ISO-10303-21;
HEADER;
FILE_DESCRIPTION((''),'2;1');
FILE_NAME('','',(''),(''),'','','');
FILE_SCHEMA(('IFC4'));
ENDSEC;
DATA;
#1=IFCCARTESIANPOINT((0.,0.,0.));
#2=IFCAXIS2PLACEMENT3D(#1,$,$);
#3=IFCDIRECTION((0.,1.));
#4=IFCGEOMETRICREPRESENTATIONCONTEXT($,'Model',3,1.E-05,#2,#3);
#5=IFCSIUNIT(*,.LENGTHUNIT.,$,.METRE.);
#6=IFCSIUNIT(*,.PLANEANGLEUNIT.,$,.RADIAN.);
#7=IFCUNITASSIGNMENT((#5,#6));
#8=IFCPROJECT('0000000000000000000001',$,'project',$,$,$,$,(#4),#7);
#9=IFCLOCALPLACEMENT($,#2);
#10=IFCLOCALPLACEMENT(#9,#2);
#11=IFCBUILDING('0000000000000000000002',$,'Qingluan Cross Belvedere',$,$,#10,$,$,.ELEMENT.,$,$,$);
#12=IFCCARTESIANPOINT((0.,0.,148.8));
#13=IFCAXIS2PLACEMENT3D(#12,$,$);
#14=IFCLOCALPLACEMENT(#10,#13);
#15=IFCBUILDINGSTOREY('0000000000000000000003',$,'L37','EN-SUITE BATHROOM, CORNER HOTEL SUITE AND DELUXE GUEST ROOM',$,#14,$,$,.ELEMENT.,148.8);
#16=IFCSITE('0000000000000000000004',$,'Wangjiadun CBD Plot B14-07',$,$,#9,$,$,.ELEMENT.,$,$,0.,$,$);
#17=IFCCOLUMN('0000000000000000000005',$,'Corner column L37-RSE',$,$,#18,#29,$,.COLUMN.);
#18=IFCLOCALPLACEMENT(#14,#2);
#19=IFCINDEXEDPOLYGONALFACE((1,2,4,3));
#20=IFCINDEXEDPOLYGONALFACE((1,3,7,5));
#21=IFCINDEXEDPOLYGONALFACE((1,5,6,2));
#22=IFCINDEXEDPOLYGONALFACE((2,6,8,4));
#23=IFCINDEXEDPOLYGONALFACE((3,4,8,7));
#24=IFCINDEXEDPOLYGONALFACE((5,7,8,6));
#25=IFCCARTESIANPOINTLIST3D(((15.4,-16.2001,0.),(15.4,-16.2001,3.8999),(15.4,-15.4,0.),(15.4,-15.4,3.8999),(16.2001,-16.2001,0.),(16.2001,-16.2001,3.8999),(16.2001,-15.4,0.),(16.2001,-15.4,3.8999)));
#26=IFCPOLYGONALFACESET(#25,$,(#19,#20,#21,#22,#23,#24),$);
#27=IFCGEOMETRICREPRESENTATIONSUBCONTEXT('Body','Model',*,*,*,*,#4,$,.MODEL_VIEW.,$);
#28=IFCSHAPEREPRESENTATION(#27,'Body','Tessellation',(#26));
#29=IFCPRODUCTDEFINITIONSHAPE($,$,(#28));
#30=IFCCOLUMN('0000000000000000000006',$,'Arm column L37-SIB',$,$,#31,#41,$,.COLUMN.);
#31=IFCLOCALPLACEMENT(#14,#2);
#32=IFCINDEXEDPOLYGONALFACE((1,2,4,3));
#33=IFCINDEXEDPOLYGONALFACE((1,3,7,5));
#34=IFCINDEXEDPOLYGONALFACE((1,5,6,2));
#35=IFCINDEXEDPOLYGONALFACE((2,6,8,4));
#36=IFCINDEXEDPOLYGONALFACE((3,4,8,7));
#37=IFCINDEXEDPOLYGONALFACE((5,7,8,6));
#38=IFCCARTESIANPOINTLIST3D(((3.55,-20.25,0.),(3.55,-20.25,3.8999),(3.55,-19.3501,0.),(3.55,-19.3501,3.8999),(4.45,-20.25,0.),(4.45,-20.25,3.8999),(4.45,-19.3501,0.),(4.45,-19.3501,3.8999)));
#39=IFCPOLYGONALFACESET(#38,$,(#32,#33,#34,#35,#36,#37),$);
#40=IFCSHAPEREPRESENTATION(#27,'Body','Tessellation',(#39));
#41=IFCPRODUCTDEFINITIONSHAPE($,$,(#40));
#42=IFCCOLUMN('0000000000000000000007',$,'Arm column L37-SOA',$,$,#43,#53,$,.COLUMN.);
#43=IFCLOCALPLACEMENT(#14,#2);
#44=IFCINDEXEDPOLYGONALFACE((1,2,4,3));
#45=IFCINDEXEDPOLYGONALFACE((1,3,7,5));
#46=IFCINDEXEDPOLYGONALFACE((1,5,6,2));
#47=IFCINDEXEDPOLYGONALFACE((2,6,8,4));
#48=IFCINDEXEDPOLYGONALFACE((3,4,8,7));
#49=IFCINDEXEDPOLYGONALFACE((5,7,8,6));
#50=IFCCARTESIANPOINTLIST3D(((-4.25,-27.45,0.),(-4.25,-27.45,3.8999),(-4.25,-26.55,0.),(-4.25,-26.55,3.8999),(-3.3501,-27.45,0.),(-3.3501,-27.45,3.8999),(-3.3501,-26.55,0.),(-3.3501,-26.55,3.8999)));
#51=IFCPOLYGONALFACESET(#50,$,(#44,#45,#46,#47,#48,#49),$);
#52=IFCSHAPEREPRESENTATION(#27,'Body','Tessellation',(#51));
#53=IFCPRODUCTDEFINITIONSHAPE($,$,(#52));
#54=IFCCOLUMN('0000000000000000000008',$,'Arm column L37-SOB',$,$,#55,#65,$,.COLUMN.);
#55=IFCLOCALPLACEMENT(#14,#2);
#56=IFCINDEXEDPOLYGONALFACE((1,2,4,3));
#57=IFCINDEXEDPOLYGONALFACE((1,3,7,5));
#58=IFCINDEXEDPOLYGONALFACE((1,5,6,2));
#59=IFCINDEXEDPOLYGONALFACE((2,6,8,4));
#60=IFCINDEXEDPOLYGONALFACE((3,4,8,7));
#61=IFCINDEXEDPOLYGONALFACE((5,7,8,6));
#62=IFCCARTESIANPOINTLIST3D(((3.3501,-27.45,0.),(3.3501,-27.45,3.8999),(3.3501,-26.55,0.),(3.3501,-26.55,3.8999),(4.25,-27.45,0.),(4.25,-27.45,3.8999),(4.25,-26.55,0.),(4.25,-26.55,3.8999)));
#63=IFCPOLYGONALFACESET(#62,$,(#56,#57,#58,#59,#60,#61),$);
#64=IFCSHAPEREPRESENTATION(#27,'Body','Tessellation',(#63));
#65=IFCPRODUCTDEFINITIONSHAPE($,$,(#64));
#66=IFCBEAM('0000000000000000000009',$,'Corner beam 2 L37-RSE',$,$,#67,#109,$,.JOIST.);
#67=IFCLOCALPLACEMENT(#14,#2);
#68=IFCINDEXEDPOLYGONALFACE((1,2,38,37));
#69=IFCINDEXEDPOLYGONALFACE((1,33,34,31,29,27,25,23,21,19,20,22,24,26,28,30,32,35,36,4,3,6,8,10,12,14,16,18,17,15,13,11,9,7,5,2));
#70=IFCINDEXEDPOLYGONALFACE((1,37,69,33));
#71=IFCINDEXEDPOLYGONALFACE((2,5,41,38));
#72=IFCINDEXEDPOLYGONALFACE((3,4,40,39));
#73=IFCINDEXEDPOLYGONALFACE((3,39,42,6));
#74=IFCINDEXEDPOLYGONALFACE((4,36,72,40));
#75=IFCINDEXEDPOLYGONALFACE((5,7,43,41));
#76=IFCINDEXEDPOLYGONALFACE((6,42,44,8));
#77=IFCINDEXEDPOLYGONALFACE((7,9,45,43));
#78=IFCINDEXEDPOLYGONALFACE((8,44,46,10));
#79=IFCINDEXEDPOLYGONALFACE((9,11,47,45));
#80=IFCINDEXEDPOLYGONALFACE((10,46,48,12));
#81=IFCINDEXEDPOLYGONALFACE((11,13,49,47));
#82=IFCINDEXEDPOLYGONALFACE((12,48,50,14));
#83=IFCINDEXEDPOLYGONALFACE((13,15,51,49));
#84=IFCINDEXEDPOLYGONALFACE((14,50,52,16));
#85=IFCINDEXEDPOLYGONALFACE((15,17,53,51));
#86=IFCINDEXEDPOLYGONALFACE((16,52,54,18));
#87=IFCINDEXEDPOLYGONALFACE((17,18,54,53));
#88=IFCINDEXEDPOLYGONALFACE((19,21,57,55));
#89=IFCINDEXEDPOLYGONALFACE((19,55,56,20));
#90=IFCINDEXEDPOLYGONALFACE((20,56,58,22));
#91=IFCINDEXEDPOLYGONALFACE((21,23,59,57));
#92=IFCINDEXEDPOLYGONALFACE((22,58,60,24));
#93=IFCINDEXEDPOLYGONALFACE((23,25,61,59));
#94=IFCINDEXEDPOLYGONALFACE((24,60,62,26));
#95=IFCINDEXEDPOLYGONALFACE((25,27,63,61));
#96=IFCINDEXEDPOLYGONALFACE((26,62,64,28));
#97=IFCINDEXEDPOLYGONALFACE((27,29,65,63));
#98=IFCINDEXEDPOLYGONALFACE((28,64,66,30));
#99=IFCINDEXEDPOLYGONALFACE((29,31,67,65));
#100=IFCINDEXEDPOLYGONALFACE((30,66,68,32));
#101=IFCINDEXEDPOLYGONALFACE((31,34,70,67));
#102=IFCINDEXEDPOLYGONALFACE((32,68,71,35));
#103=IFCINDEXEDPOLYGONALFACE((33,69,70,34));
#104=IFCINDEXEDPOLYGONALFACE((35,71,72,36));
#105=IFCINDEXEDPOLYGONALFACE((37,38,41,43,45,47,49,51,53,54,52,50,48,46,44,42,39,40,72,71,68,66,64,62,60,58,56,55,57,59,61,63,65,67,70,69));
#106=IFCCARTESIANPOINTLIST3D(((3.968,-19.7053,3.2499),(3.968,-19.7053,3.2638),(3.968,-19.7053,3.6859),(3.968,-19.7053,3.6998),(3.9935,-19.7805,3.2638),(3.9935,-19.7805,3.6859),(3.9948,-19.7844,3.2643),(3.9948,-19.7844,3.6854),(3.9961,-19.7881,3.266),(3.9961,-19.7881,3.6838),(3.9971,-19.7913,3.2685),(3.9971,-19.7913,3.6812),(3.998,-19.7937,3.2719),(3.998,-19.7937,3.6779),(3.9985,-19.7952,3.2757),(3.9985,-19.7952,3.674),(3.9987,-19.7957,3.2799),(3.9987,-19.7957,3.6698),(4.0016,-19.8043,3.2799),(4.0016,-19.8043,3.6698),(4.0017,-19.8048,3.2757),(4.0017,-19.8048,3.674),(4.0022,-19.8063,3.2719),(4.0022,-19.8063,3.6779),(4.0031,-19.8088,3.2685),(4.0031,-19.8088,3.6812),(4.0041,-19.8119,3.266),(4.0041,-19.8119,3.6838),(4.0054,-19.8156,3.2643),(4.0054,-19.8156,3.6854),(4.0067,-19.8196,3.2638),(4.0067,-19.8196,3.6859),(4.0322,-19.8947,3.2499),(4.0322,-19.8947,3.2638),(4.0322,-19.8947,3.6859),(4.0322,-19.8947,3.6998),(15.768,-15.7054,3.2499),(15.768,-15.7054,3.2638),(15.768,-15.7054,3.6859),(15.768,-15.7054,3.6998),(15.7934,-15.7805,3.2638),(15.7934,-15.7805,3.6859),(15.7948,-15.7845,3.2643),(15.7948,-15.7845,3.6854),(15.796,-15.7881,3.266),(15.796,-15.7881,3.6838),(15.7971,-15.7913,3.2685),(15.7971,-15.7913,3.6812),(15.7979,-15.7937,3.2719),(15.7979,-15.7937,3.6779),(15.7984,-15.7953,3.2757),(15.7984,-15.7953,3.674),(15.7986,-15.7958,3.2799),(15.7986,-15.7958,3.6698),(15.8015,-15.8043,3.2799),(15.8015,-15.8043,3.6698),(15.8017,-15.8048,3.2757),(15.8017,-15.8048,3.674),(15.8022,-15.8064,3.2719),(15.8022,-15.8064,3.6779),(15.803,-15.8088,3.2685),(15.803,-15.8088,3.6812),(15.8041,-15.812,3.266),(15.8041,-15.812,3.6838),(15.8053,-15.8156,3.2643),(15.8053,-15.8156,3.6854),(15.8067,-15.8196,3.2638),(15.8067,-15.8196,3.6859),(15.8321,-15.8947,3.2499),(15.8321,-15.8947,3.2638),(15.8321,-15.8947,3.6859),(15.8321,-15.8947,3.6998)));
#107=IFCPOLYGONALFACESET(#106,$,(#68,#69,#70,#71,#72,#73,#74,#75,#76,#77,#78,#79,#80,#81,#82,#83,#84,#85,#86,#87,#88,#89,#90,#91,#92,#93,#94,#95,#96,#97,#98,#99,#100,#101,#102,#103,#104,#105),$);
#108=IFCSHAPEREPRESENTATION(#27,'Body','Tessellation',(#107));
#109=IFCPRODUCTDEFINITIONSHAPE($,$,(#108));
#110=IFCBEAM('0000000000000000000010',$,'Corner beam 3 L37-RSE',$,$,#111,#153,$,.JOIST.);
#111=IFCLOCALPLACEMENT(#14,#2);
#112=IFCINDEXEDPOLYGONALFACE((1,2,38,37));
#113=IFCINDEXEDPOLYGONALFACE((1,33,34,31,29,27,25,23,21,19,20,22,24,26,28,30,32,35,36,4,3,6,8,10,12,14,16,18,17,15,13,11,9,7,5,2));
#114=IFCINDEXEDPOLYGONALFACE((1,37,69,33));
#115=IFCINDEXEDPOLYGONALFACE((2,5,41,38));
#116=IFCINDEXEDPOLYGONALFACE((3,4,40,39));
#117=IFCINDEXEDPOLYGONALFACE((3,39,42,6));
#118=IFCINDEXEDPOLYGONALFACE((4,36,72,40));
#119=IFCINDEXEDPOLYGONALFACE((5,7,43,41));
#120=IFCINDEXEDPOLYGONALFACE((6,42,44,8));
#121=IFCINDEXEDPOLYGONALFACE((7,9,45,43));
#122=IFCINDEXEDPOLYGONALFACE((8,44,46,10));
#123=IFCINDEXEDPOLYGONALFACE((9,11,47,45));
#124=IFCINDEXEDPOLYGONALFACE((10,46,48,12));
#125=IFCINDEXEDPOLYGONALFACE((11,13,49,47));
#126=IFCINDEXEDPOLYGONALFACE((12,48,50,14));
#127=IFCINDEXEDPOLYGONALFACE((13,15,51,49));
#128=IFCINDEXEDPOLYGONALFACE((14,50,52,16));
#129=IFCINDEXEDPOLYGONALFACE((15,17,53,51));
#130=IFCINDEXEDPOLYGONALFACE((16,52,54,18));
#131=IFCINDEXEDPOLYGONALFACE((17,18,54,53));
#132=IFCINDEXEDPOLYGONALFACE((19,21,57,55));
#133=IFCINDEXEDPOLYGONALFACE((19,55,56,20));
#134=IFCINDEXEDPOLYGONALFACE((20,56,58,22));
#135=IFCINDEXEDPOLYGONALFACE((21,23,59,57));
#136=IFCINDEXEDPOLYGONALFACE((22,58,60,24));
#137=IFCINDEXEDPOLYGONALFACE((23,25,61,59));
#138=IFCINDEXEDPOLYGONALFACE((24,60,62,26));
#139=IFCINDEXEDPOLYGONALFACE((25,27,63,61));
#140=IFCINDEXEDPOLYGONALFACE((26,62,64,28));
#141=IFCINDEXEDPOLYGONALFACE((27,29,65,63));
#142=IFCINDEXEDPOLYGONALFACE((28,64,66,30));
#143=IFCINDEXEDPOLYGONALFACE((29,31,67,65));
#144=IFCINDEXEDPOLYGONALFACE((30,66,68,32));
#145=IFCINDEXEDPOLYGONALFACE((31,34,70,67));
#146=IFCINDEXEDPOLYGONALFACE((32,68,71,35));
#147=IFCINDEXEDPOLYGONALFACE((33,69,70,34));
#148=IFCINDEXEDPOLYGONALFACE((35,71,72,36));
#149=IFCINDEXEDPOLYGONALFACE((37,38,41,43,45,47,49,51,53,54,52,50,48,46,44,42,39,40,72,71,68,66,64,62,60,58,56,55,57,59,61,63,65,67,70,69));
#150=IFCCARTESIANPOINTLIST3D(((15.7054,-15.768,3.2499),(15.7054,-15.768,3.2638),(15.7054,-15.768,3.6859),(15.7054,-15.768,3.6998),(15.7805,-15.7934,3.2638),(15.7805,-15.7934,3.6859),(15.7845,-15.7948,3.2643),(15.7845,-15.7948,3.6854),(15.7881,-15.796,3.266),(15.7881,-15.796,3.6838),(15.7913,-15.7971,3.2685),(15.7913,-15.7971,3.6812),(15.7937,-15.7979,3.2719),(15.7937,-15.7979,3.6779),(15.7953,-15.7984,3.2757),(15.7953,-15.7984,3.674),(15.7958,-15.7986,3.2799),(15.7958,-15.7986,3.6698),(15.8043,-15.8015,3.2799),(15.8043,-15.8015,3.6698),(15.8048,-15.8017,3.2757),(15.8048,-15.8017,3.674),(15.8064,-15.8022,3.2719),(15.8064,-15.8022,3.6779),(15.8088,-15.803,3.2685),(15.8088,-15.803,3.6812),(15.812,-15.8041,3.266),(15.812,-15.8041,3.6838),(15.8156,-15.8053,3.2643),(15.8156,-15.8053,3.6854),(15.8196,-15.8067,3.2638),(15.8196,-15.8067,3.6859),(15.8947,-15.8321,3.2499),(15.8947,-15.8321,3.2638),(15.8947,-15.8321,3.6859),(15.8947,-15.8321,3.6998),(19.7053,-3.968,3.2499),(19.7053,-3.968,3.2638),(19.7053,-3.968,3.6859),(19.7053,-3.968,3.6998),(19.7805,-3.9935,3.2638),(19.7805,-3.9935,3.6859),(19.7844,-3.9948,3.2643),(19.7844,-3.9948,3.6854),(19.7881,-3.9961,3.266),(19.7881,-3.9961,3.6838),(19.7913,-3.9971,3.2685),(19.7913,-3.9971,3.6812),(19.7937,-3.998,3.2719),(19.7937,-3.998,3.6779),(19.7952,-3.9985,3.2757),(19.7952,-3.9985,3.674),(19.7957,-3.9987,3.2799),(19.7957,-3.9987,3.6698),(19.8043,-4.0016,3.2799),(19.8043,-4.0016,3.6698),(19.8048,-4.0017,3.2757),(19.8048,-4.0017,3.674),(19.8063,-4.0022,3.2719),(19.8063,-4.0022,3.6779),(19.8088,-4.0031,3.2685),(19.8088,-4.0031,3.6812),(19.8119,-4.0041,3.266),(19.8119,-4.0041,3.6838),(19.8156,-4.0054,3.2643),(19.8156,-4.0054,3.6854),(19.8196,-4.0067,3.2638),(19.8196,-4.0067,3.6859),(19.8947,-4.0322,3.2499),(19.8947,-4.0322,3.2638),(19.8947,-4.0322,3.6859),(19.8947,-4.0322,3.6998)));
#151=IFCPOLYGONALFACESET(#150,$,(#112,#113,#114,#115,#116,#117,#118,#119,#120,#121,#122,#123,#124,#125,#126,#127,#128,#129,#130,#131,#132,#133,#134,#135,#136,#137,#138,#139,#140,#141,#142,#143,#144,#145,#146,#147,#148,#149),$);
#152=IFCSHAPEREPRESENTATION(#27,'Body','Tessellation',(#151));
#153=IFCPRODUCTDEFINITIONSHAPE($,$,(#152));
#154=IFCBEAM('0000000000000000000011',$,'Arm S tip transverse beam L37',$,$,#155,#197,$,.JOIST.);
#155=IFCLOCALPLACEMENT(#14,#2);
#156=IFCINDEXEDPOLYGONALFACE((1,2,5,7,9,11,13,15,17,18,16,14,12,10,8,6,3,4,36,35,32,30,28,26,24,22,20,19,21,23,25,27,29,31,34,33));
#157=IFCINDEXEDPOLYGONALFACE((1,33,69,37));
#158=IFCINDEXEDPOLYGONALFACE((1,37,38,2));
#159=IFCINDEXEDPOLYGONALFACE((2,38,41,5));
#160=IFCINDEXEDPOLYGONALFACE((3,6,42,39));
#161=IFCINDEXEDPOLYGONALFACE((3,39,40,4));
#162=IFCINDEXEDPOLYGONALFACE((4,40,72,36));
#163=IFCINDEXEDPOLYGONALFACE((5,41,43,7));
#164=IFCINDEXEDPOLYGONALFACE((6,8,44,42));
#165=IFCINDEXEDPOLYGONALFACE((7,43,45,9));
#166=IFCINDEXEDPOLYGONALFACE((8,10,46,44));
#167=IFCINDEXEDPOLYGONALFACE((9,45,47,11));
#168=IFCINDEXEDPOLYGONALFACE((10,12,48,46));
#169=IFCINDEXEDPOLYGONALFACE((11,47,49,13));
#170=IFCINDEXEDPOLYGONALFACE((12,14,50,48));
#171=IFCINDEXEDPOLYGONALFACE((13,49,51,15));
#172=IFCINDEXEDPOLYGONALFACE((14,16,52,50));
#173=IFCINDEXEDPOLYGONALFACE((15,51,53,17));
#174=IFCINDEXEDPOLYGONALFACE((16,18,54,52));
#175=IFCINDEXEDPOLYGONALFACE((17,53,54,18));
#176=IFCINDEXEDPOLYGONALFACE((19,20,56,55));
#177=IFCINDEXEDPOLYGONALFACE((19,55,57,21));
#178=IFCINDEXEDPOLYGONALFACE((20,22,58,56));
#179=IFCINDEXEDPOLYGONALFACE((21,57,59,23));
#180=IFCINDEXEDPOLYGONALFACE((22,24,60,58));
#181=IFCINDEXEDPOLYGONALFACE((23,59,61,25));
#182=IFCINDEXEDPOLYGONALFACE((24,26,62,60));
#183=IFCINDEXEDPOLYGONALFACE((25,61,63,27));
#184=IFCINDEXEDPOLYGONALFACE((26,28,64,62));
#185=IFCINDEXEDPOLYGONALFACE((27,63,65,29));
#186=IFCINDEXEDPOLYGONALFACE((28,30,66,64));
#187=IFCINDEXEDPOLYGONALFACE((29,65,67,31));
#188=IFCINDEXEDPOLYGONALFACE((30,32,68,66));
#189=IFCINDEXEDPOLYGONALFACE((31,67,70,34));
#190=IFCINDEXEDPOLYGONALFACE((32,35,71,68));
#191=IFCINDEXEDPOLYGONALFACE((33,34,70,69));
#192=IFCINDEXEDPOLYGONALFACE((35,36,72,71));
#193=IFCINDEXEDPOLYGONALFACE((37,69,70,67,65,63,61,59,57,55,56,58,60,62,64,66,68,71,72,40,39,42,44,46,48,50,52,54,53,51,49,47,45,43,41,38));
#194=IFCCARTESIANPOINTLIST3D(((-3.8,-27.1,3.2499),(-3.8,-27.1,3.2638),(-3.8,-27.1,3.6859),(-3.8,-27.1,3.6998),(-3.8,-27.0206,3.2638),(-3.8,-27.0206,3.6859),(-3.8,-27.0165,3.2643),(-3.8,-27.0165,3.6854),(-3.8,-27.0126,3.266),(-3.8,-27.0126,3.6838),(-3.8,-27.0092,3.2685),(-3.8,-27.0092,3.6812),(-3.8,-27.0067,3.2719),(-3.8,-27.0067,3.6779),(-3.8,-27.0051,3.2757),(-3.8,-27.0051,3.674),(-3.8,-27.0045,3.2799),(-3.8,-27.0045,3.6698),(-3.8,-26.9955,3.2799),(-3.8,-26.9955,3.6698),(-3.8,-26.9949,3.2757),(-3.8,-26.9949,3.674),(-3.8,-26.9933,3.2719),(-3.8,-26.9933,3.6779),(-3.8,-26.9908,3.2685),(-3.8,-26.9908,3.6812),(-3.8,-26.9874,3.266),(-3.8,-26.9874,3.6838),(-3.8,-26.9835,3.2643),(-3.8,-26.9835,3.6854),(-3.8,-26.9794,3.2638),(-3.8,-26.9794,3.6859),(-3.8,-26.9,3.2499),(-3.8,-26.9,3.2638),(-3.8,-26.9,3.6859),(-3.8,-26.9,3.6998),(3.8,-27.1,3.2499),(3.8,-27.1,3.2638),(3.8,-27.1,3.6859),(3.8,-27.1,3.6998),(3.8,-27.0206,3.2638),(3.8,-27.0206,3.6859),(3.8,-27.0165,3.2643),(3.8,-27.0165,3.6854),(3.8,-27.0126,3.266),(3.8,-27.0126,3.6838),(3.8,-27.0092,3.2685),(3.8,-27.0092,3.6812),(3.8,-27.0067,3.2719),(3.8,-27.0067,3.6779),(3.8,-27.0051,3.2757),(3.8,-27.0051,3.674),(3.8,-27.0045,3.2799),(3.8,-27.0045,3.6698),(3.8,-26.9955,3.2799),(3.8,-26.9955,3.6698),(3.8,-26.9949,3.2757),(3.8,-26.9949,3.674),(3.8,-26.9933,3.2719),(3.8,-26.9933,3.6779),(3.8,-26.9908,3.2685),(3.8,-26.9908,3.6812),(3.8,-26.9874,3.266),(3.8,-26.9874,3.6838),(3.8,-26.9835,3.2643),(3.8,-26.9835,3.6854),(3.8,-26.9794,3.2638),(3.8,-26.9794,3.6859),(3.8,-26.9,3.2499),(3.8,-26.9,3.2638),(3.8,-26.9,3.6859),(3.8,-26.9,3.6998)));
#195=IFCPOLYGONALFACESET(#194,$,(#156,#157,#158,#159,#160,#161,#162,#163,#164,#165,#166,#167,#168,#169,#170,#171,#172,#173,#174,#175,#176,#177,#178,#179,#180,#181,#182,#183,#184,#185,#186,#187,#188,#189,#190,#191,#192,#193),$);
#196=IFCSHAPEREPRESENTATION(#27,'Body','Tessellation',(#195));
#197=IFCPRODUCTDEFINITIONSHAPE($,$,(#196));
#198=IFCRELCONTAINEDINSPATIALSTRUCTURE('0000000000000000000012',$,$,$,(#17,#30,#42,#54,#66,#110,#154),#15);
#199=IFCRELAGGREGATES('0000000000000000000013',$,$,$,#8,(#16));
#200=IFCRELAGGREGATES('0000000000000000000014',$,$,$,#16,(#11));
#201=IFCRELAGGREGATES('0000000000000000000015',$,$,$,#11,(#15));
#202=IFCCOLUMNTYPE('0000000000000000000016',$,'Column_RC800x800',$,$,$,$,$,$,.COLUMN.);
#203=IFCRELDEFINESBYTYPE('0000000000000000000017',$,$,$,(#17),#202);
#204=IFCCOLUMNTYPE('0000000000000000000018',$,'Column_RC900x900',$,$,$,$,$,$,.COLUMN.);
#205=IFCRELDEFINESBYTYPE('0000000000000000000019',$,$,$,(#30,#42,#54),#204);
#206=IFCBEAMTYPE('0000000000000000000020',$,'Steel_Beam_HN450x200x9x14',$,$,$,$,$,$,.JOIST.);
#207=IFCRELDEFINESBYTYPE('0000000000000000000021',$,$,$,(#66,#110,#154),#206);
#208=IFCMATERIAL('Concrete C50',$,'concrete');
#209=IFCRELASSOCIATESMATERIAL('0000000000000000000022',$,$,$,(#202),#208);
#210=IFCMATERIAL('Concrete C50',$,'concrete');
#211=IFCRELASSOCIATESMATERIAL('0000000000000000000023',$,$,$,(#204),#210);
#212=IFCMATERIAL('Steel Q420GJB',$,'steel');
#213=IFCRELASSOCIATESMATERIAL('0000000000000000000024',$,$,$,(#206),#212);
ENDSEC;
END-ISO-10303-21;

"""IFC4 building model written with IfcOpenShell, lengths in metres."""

from ifc_helpers import new_model, si_unit, direction, frame, origin, origin_2d, place, context, subcontext, project, spatial, rectangle, i_section, extrude, material, material_profile, profile_set, type_object, element, save


model = new_model("IFC4")

# Units and contexts
model_context = context("Model", 3, precision=1e-05, world=origin(), true_north=direction((0.0, 1.0)))
body_context = subcontext(model_context, "Body", "Model", "MODEL_VIEW")
ifc_project = project(units=[si_unit("LENGTHUNIT", "METRE"), si_unit("PLANEANGLEUNIT", "RADIAN")], contexts=[model_context])

# Site, building, storey
site_placement = place(None, origin())
site = spatial("IfcSite", under=ifc_project, at=site_placement, Name="Wangjiadun CBD Plot B14-07", CompositionType="ELEMENT", RefElevation=0.0)
building_placement = place(site_placement, origin())
building = spatial("IfcBuilding", under=site, at=building_placement, Name="Qingluan Cross Belvedere", CompositionType="ELEMENT")
storey_placement = place(building_placement, frame((0.0, 0.0, 148.8)))
storey = spatial("IfcBuildingStorey", under=building, at=storey_placement, Name="L37", Description="EN-SUITE BATHROOM, CORNER HOTEL SUITE AND DELUXE GUEST ROOM", CompositionType="ELEMENT", Elevation=148.8)

# Columns
ifc_material_1 = material(Name="Concrete C50", Category="concrete")
ifc_material_profile_1 = material_profile(ifc_material_1, rectangle(XDim=0.8, YDim=0.8, at=origin_2d()), Name="RC800x800")
ifc_profile_set_1 = profile_set([ifc_material_profile_1], Name="Concrete C50")
column_type_1 = type_object("IfcColumnType", Name="Column_RC800x800", PredefinedType="COLUMN", material=ifc_profile_set_1)
column_placement = place(storey_placement, frame((15.8, -15.8, 0.0), z_axis=(0.0, 0.0, 1.0), x_axis=(1.0, 0.0, 0.0)))
element("IfcColumn", 1, at=column_placement, inside=storey, type_object=column_type_1, Name="Corner column L37-RSE", PredefinedType="COLUMN", context=body_context, shape_type="SweptSolid", body=[
    extrude(rectangle(XDim=0.8, YDim=0.8, at=origin_2d()), origin(), (0.0, 0.0, 1.0), 3.8999),
])
ifc_material_2 = material(Name="Concrete C50", Category="concrete")
ifc_material_profile_2 = material_profile(ifc_material_2, rectangle(XDim=0.8999, YDim=0.8999, at=origin_2d()), Name="RC900x900")
ifc_profile_set_2 = profile_set([ifc_material_profile_2], Name="Concrete C50")
column_type_2 = type_object("IfcColumnType", Name="Column_RC900x900", PredefinedType="COLUMN", material=ifc_profile_set_2)
for number, where, z_axis, x_axis, name in (
    (2, (4.0, -19.8, 0.0), (0.0, 0.0, 1.0), (1.0, 0.0, 0.0), "Arm column L37-SIB"),
    (3, (-3.8, -27.0, 0.0), (0.0, 0.0, 1.0), (1.0, 0.0, 0.0), "Arm column L37-SOA"),
    (4, (3.8, -27.0, 0.0), (0.0, 0.0, 1.0), (1.0, 0.0, 0.0), "Arm column L37-SOB"),
):
    element("IfcColumn", number, at=place(storey_placement, frame(where, z_axis=z_axis, x_axis=x_axis)), inside=storey, type_object=column_type_2, Name=name, PredefinedType="COLUMN", context=body_context, shape_type="SweptSolid", body=[
        extrude(rectangle(XDim=0.8999, YDim=0.8999, at=origin_2d()), origin(), (0.0, 0.0, 1.0), 3.8999),
    ])

# Beams
ifc_material_3 = material(Name="Steel Q420GJB", Category="steel")
ifc_material_profile_3 = material_profile(ifc_material_3, i_section(OverallWidth=0.2, OverallDepth=0.45, WebThickness=0.009, FlangeThickness=0.0139, FilletRadius=0.0161, at=origin_2d()), Name="HN450x200x9x14")
ifc_profile_set_3 = profile_set([ifc_material_profile_3], Name="Steel Q420GJB")
beam_type_1 = type_object("IfcBeamType", Name="Steel_Beam_HN450x200x9x14", PredefinedType="JOIST", material=ifc_profile_set_3)
for number, where, z_axis, x_axis, name in (
    (5, (15.8, -15.8, 3.4749), (-0.947066, -0.321038, 0.0), (0.321038, -0.947066, 0.0), "Corner beam 2 L37-RSE"),
    (6, (15.8, -15.8, 3.4749), (0.321038, 0.947066, 0.0), (-0.947066, 0.321038, 0.0), "Corner beam 3 L37-RSE"),
):
    element("IfcBeam", number, at=place(storey_placement, frame(where, z_axis=z_axis, x_axis=x_axis)), inside=storey, type_object=beam_type_1, Name=name, PredefinedType="JOIST", context=body_context, shape_type="SweptSolid", body=[
        extrude(i_section(OverallWidth=0.2, OverallDepth=0.45, WebThickness=0.009, FlangeThickness=0.0139, FilletRadius=0.0161, at=origin_2d()), origin(), (0.0, 0.0, 1.0), 12.4595),
    ])
beam_1_placement = place(storey_placement, frame((-3.8, -27.0, 3.4749), z_axis=(1.0, 0.0, 0.0), x_axis=(0.0, 1.0, 0.0)))
element("IfcBeam", 7, at=beam_1_placement, inside=storey, type_object=beam_type_1, Name="Arm S tip transverse beam L37", PredefinedType="JOIST", context=body_context, shape_type="SweptSolid", body=[
    extrude(i_section(OverallWidth=0.2, OverallDepth=0.45, WebThickness=0.009, FlangeThickness=0.0139, FilletRadius=0.0161, at=origin_2d()), origin(), (0.0, 0.0, 1.0), 7.6001),
])

save(model, "model.ifc")
